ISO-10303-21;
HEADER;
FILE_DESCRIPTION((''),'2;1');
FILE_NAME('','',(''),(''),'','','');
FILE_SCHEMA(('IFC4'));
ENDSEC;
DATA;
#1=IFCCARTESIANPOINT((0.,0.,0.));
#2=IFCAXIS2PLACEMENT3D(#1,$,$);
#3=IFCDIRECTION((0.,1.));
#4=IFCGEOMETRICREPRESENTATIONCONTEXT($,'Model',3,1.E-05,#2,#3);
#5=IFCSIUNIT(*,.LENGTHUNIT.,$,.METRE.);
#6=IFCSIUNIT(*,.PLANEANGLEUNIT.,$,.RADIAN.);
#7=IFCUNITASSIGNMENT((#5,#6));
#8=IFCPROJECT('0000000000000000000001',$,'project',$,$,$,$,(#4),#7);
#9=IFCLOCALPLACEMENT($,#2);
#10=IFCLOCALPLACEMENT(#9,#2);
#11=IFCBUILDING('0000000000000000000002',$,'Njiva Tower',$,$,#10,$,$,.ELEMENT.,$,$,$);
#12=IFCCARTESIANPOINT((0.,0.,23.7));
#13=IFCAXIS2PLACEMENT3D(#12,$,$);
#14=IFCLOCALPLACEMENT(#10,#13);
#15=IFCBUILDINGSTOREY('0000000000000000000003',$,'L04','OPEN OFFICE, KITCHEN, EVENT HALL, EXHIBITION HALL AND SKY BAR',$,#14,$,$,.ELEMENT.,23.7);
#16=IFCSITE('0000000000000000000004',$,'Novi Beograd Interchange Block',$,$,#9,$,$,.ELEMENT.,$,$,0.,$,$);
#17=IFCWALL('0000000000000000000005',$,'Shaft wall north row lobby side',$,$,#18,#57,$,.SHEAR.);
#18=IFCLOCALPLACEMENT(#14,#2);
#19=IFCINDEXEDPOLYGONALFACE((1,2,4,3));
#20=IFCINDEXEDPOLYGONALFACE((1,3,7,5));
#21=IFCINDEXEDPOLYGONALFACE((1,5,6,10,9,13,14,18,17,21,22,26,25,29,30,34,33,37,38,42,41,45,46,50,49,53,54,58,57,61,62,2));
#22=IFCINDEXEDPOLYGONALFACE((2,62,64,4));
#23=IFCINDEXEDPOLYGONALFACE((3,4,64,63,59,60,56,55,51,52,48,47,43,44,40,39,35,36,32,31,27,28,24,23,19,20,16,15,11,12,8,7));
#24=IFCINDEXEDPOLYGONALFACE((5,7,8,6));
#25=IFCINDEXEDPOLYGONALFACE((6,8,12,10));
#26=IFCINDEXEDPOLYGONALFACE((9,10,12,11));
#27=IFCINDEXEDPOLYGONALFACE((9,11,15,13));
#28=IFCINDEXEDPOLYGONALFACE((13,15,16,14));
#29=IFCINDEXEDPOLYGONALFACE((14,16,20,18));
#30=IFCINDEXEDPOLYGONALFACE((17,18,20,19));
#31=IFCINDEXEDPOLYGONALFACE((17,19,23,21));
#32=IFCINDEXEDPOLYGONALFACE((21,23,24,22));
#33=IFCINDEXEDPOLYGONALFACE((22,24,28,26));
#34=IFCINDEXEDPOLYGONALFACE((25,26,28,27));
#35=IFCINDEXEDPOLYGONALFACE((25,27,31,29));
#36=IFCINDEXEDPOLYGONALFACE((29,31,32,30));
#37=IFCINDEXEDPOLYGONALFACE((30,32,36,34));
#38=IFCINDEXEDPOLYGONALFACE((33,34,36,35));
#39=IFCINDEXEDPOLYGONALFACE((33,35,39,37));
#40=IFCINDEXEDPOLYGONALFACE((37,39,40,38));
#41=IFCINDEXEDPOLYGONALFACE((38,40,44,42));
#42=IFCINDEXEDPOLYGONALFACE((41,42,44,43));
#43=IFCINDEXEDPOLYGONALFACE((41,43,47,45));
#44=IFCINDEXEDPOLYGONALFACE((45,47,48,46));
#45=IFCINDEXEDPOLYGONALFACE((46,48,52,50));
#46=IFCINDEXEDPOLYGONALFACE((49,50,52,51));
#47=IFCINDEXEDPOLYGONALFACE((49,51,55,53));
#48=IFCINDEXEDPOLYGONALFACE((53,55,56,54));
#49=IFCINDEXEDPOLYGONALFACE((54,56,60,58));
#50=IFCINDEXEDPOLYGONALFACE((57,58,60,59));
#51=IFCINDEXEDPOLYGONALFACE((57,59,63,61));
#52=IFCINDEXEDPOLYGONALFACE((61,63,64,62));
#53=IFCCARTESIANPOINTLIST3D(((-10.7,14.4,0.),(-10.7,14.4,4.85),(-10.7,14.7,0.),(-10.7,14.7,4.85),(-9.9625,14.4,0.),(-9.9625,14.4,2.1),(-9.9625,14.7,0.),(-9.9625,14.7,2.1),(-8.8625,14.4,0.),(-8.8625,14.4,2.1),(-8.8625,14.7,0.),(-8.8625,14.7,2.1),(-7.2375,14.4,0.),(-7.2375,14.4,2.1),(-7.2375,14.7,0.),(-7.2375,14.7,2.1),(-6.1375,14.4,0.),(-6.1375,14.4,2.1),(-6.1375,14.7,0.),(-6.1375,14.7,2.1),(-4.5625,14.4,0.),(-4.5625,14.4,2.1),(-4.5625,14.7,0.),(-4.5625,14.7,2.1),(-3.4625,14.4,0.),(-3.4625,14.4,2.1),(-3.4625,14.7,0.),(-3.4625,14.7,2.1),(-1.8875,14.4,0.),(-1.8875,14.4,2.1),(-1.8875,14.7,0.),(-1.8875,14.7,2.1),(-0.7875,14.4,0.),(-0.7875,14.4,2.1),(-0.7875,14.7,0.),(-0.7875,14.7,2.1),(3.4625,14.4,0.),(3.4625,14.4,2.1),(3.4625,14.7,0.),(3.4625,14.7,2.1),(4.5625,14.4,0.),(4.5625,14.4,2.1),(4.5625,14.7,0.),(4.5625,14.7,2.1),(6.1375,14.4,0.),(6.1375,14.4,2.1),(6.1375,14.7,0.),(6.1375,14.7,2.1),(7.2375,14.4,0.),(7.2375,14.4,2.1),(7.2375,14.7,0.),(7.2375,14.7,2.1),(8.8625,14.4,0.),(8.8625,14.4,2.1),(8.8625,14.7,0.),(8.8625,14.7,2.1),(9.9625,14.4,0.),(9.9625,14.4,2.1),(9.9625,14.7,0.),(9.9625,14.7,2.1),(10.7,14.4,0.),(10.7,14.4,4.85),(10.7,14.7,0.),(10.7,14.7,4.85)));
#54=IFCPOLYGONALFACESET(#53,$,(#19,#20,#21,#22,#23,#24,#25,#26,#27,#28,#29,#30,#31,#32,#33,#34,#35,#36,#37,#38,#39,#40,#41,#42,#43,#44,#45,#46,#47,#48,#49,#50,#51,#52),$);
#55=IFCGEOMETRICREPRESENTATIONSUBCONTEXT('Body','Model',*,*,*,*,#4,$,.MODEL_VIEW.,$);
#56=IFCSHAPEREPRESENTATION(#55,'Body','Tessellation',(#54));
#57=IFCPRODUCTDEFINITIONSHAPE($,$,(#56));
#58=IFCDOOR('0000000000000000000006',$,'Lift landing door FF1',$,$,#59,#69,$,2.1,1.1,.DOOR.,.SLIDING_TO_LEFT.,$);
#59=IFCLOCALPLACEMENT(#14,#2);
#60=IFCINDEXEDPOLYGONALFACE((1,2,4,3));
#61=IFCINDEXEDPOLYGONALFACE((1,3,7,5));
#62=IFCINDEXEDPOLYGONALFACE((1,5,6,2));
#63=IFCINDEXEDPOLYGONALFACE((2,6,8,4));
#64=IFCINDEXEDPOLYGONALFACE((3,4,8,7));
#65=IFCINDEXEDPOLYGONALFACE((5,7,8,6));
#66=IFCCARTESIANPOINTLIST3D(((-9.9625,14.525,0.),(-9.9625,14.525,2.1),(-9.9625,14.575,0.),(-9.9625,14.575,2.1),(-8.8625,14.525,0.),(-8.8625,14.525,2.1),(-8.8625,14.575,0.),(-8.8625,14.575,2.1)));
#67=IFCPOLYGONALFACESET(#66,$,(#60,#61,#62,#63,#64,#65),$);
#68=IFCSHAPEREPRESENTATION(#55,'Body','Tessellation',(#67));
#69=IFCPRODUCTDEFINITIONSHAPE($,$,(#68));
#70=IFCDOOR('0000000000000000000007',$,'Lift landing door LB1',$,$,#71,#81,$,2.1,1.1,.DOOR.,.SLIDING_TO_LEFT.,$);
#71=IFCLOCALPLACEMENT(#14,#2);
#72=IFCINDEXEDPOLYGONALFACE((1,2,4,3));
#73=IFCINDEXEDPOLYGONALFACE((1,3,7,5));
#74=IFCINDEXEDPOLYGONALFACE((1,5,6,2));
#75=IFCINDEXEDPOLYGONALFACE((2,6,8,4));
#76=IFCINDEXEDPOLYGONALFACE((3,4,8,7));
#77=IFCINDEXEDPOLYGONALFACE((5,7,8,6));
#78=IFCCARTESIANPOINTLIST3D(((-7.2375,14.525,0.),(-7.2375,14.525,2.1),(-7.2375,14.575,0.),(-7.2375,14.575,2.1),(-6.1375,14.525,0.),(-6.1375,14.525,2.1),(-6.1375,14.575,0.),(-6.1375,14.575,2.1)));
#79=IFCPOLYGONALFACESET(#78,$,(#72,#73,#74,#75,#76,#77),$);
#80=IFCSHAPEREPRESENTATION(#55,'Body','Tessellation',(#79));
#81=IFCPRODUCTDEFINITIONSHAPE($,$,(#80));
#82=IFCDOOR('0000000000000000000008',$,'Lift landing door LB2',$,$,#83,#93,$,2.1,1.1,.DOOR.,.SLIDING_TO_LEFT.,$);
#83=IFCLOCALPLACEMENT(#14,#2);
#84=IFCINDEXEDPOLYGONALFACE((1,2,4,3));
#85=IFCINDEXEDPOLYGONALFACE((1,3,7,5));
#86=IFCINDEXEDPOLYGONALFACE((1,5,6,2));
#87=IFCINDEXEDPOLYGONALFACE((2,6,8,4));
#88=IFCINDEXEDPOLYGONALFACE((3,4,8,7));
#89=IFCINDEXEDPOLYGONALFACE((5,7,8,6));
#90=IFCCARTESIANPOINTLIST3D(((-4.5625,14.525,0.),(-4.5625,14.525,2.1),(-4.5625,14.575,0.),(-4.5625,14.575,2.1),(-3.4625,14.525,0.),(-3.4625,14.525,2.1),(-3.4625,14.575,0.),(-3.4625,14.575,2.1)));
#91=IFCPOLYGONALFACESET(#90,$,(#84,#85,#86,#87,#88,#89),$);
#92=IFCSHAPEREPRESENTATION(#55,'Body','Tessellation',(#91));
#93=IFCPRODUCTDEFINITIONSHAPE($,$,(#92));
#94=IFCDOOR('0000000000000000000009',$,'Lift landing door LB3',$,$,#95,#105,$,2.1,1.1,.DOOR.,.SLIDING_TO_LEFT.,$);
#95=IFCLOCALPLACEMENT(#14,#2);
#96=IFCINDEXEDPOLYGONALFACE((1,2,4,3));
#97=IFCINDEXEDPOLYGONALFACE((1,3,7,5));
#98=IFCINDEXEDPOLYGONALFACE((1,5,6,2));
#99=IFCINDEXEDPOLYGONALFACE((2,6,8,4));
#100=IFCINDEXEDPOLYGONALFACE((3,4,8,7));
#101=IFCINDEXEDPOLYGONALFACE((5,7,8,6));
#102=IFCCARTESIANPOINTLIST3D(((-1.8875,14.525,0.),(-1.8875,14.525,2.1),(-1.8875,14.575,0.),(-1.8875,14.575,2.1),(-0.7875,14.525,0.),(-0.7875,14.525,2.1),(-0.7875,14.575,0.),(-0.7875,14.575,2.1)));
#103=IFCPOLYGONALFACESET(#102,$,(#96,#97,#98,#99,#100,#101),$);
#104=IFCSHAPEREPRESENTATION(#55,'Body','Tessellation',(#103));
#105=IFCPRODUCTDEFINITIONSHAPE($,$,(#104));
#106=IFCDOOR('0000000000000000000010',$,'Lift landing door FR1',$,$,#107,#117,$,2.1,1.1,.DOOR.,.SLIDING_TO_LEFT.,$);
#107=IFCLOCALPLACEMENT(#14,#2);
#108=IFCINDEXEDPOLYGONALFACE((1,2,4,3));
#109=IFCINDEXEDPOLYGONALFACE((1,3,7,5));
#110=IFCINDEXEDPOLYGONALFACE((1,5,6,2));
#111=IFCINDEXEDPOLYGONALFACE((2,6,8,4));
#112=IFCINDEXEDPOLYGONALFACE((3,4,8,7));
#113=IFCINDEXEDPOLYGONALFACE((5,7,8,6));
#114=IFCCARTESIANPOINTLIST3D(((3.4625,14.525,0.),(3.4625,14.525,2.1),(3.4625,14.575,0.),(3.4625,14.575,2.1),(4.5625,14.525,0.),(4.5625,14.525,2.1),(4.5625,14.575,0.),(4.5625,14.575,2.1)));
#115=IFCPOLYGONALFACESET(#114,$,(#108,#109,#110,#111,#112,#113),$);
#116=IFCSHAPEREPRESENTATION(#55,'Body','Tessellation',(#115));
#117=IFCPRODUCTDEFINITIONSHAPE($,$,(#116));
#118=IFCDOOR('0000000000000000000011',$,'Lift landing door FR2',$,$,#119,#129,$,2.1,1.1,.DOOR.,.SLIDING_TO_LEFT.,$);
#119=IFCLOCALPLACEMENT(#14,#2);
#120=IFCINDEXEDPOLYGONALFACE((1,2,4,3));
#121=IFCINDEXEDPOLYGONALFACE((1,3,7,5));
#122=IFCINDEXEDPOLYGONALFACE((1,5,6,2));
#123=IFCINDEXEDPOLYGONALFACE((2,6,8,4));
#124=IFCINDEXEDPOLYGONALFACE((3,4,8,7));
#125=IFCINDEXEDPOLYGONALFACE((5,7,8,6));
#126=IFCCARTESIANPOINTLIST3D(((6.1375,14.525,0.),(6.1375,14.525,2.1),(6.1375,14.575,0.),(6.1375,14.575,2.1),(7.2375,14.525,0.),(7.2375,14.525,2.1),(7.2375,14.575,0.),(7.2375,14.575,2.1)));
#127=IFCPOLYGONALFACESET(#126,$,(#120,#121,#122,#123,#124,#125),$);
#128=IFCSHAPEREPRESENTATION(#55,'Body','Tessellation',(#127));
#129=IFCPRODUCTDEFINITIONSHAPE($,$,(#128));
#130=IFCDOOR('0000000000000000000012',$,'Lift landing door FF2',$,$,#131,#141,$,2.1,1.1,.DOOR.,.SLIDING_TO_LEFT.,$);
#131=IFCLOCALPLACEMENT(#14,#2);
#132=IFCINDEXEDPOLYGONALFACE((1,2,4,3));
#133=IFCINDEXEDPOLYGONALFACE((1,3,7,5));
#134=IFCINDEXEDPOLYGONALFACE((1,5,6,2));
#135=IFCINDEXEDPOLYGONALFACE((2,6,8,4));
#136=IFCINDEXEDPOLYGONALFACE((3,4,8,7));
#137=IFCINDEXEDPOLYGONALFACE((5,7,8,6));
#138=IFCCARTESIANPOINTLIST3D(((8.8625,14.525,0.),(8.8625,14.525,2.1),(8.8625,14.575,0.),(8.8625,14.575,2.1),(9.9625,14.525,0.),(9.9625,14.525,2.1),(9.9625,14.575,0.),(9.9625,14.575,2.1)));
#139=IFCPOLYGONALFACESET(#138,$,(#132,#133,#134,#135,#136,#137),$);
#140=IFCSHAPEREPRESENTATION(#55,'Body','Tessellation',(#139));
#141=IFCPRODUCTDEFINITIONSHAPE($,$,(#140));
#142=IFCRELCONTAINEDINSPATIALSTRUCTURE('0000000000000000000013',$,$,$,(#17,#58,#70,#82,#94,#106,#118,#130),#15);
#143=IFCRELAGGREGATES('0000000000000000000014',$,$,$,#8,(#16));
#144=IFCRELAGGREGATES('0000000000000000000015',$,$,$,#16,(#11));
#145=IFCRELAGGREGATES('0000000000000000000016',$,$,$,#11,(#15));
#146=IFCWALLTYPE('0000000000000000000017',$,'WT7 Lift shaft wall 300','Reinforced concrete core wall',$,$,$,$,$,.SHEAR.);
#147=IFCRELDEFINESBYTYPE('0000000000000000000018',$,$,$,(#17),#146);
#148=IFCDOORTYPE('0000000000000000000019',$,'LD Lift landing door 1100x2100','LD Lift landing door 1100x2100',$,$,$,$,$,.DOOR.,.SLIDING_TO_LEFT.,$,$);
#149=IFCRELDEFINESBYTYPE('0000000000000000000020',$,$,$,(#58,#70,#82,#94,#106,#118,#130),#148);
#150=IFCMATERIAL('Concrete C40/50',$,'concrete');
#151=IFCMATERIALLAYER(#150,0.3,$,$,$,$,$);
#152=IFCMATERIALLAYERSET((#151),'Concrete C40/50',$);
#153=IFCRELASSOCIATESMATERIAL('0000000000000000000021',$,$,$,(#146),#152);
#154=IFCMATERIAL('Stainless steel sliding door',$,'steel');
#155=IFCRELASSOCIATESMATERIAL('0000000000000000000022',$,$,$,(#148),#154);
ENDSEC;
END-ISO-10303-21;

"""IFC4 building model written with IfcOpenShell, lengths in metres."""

from ifc_helpers import new_model, si_unit, direction, frame, frame_2d, origin, place, context, subcontext, project, spatial, rectangle, extrude, material, layer, layer_set, type_object, element, fill, save


model = new_model("IFC4")

# Units and contexts
model_context = context("Model", 3, precision=1e-05, world=origin(), true_north=direction((0.0, 1.0)))
body_context = subcontext(model_context, "Body", "Model", "MODEL_VIEW")
ifc_project = project(units=[si_unit("LENGTHUNIT", "METRE"), si_unit("PLANEANGLEUNIT", "RADIAN")], contexts=[model_context])

# Site, building, storey
site_placement = place(None, origin())
site = spatial("IfcSite", under=ifc_project, at=site_placement, Name="Novi Beograd Interchange Block", CompositionType="ELEMENT", RefElevation=0.0)
building_placement = place(site_placement, origin())
building = spatial("IfcBuilding", under=site, at=building_placement, Name="Njiva Tower", CompositionType="ELEMENT")
storey_placement = place(building_placement, frame((0.0, 0.0, 23.7)))
storey = spatial("IfcBuildingStorey", under=building, at=storey_placement, Name="L04", Description="OPEN OFFICE, KITCHEN, EVENT HALL, EXHIBITION HALL AND SKY BAR", CompositionType="ELEMENT", Elevation=23.7)

# Shared definitions
ifc_material_1 = material(Name="Concrete C40/50", Category="concrete")

# Wall, openings, doors
ifc_layer_1 = layer(ifc_material_1, 0.3)
ifc_layer_set_1 = layer_set([ifc_layer_1], Name="Concrete C40/50")
wall_type_1 = type_object("IfcWallType", Name="WT7 Lift shaft wall 300", Description="Reinforced concrete core wall", PredefinedType="SHEAR", material=ifc_layer_set_1)
wall_1_placement = place(storey_placement, frame((-10.7, 14.55, 0.0), z_axis=(0.0, 0.0, 1.0), x_axis=(1.0, 0.0, 0.0)))
wall_1 = element("IfcWall", 1, at=wall_1_placement, inside=storey, type_object=wall_type_1, Name="Shaft wall north row lobby side", PredefinedType="SHEAR", context=body_context, shape_type="SweptSolid", body=[
    extrude(rectangle(XDim=21.4, YDim=0.3, at=frame_2d((10.7, 0.0))), origin(), (0.0, 0.0, 1.0), 4.85),
])
opening_1_placement = place(wall_1_placement, frame((0.7375, 0.0, 0.0)))
opening_1 = element("IfcOpeningElement", 2, at=opening_1_placement, cuts=wall_1, PredefinedType="OPENING", context=body_context, shape_type="SweptSolid", body=[
    extrude(rectangle(XDim=1.1, YDim=2.1, at=frame_2d((0.55, 1.05))), frame((0.0, 0.16, 0.0), z_axis=(0.0, -1.0, 0.0), x_axis=(1.0, 0.0, 0.0)), (0.0, 0.0, 1.0), 0.32),
])
opening_2_placement = place(wall_1_placement, frame((3.4625, 0.0, 0.0)))
opening_2 = element("IfcOpeningElement", 3, at=opening_2_placement, cuts=wall_1, PredefinedType="OPENING", context=body_context, shape_type="SweptSolid", body=[
    extrude(rectangle(XDim=1.1, YDim=2.1, at=frame_2d((0.55, 1.05))), frame((0.0, 0.16, 0.0), z_axis=(0.0, -1.0, 0.0), x_axis=(1.0, 0.0, 0.0)), (0.0, 0.0, 1.0), 0.32),
])
opening_3_placement = place(wall_1_placement, frame((6.1375, 0.0, 0.0)))
opening_3 = element("IfcOpeningElement", 4, at=opening_3_placement, cuts=wall_1, PredefinedType="OPENING", context=body_context, shape_type="SweptSolid", body=[
    extrude(rectangle(XDim=1.1, YDim=2.1, at=frame_2d((0.55, 1.05))), frame((0.0, 0.16, 0.0), z_axis=(0.0, -1.0, 0.0), x_axis=(1.0, 0.0, 0.0)), (0.0, 0.0, 1.0), 0.32),
])
opening_4_placement = place(wall_1_placement, frame((8.8125, 0.0, 0.0)))
opening_4 = element("IfcOpeningElement", 5, at=opening_4_placement, cuts=wall_1, PredefinedType="OPENING", context=body_context, shape_type="SweptSolid", body=[
    extrude(rectangle(XDim=1.1, YDim=2.1, at=frame_2d((0.55, 1.05))), frame((0.0, 0.16, 0.0), z_axis=(0.0, -1.0, 0.0), x_axis=(1.0, 0.0, 0.0)), (0.0, 0.0, 1.0), 0.32),
])
opening_5_placement = place(wall_1_placement, frame((14.1625, 0.0, 0.0)))
opening_5 = element("IfcOpeningElement", 6, at=opening_5_placement, cuts=wall_1, PredefinedType="OPENING", context=body_context, shape_type="SweptSolid", body=[
    extrude(rectangle(XDim=1.1, YDim=2.1, at=frame_2d((0.55, 1.05))), frame((0.0, 0.16, 0.0), z_axis=(0.0, -1.0, 0.0), x_axis=(1.0, 0.0, 0.0)), (0.0, 0.0, 1.0), 0.32),
])
opening_6_placement = place(wall_1_placement, frame((16.8375, 0.0, 0.0)))
opening_6 = element("IfcOpeningElement", 7, at=opening_6_placement, cuts=wall_1, PredefinedType="OPENING", context=body_context, shape_type="SweptSolid", body=[
    extrude(rectangle(XDim=1.1, YDim=2.1, at=frame_2d((0.55, 1.05))), frame((0.0, 0.16, 0.0), z_axis=(0.0, -1.0, 0.0), x_axis=(1.0, 0.0, 0.0)), (0.0, 0.0, 1.0), 0.32),
])
opening_7_placement = place(wall_1_placement, frame((19.5625, 0.0, 0.0)))
opening_7 = element("IfcOpeningElement", 8, at=opening_7_placement, cuts=wall_1, PredefinedType="OPENING", context=body_context, shape_type="SweptSolid", body=[
    extrude(rectangle(XDim=1.1, YDim=2.1, at=frame_2d((0.55, 1.05))), frame((0.0, 0.16, 0.0), z_axis=(0.0, -1.0, 0.0), x_axis=(1.0, 0.0, 0.0)), (0.0, 0.0, 1.0), 0.32),
])
ifc_material_2 = material(Name="Stainless steel sliding door", Category="steel")
door_type_1 = type_object("IfcDoorType", Name="LD Lift landing door 1100x2100", Description="LD Lift landing door 1100x2100", OperationType="SLIDING_TO_LEFT", PredefinedType="DOOR", material=ifc_material_2)
door_1_placement = place(opening_1_placement, origin())
door_1 = element("IfcDoor", 9, at=door_1_placement, inside=storey, type_object=door_type_1, Name="Lift landing door FF1", OperationType="SLIDING_TO_LEFT", OverallHeight=2.1, OverallWidth=1.1, PredefinedType="DOOR", context=body_context, shape_type="SweptSolid", body=[
    extrude(rectangle(XDim=1.1, YDim=2.1, at=frame_2d((0.55, 1.05))), frame((0.0, 0.025, 0.0), z_axis=(0.0, -1.0, 0.0), x_axis=(1.0, 0.0, 0.0)), (0.0, 0.0, 1.0), 0.05),
])
fill(opening_1, door_1)
door_2_placement = place(opening_2_placement, origin())
door_2 = element("IfcDoor", 10, at=door_2_placement, inside=storey, type_object=door_type_1, Name="Lift landing door LB1", OperationType="SLIDING_TO_LEFT", OverallHeight=2.1, OverallWidth=1.1, PredefinedType="DOOR", context=body_context, shape_type="SweptSolid", body=[
    extrude(rectangle(XDim=1.1, YDim=2.1, at=frame_2d((0.55, 1.05))), frame((0.0, 0.025, 0.0), z_axis=(0.0, -1.0, 0.0), x_axis=(1.0, 0.0, 0.0)), (0.0, 0.0, 1.0), 0.05),
])
fill(opening_2, door_2)
door_3_placement = place(opening_3_placement, origin())
door_3 = element("IfcDoor", 11, at=door_3_placement, inside=storey, type_object=door_type_1, Name="Lift landing door LB2", OperationType="SLIDING_TO_LEFT", OverallHeight=2.1, OverallWidth=1.1, PredefinedType="DOOR", context=body_context, shape_type="SweptSolid", body=[
    extrude(rectangle(XDim=1.1, YDim=2.1, at=frame_2d((0.55, 1.05))), frame((0.0, 0.025, 0.0), z_axis=(0.0, -1.0, 0.0), x_axis=(1.0, 0.0, 0.0)), (0.0, 0.0, 1.0), 0.05),
])
fill(opening_3, door_3)
door_4_placement = place(opening_4_placement, origin())
door_4 = element("IfcDoor", 12, at=door_4_placement, inside=storey, type_object=door_type_1, Name="Lift landing door LB3", OperationType="SLIDING_TO_LEFT", OverallHeight=2.1, OverallWidth=1.1, PredefinedType="DOOR", context=body_context, shape_type="SweptSolid", body=[
    extrude(rectangle(XDim=1.1, YDim=2.1, at=frame_2d((0.55, 1.05))), frame((0.0, 0.025, 0.0), z_axis=(0.0, -1.0, 0.0), x_axis=(1.0, 0.0, 0.0)), (0.0, 0.0, 1.0), 0.05),
])
fill(opening_4, door_4)
door_5_placement = place(opening_5_placement, origin())
door_5 = element("IfcDoor", 13, at=door_5_placement, inside=storey, type_object=door_type_1, Name="Lift landing door FR1", OperationType="SLIDING_TO_LEFT", OverallHeight=2.1, OverallWidth=1.1, PredefinedType="DOOR", context=body_context, shape_type="SweptSolid", body=[
    extrude(rectangle(XDim=1.1, YDim=2.1, at=frame_2d((0.55, 1.05))), frame((0.0, 0.025, 0.0), z_axis=(0.0, -1.0, 0.0), x_axis=(1.0, 0.0, 0.0)), (0.0, 0.0, 1.0), 0.05),
])
fill(opening_5, door_5)
door_6_placement = place(opening_6_placement, origin())
door_6 = element("IfcDoor", 14, at=door_6_placement, inside=storey, type_object=door_type_1, Name="Lift landing door FR2", OperationType="SLIDING_TO_LEFT", OverallHeight=2.1, OverallWidth=1.1, PredefinedType="DOOR", context=body_context, shape_type="SweptSolid", body=[
    extrude(rectangle(XDim=1.1, YDim=2.1, at=frame_2d((0.55, 1.05))), frame((0.0, 0.025, 0.0), z_axis=(0.0, -1.0, 0.0), x_axis=(1.0, 0.0, 0.0)), (0.0, 0.0, 1.0), 0.05),
])
fill(opening_6, door_6)
door_7_placement = place(opening_7_placement, origin())
door_7 = element("IfcDoor", 15, at=door_7_placement, inside=storey, type_object=door_type_1, Name="Lift landing door FF2", OperationType="SLIDING_TO_LEFT", OverallHeight=2.1, OverallWidth=1.1, PredefinedType="DOOR", context=body_context, shape_type="SweptSolid", body=[
    extrude(rectangle(XDim=1.1, YDim=2.1, at=frame_2d((0.55, 1.05))), frame((0.0, 0.025, 0.0), z_axis=(0.0, -1.0, 0.0), x_axis=(1.0, 0.0, 0.0)), (0.0, 0.0, 1.0), 0.05),
])
fill(opening_7, door_7)

save(model, "model.ifc")
